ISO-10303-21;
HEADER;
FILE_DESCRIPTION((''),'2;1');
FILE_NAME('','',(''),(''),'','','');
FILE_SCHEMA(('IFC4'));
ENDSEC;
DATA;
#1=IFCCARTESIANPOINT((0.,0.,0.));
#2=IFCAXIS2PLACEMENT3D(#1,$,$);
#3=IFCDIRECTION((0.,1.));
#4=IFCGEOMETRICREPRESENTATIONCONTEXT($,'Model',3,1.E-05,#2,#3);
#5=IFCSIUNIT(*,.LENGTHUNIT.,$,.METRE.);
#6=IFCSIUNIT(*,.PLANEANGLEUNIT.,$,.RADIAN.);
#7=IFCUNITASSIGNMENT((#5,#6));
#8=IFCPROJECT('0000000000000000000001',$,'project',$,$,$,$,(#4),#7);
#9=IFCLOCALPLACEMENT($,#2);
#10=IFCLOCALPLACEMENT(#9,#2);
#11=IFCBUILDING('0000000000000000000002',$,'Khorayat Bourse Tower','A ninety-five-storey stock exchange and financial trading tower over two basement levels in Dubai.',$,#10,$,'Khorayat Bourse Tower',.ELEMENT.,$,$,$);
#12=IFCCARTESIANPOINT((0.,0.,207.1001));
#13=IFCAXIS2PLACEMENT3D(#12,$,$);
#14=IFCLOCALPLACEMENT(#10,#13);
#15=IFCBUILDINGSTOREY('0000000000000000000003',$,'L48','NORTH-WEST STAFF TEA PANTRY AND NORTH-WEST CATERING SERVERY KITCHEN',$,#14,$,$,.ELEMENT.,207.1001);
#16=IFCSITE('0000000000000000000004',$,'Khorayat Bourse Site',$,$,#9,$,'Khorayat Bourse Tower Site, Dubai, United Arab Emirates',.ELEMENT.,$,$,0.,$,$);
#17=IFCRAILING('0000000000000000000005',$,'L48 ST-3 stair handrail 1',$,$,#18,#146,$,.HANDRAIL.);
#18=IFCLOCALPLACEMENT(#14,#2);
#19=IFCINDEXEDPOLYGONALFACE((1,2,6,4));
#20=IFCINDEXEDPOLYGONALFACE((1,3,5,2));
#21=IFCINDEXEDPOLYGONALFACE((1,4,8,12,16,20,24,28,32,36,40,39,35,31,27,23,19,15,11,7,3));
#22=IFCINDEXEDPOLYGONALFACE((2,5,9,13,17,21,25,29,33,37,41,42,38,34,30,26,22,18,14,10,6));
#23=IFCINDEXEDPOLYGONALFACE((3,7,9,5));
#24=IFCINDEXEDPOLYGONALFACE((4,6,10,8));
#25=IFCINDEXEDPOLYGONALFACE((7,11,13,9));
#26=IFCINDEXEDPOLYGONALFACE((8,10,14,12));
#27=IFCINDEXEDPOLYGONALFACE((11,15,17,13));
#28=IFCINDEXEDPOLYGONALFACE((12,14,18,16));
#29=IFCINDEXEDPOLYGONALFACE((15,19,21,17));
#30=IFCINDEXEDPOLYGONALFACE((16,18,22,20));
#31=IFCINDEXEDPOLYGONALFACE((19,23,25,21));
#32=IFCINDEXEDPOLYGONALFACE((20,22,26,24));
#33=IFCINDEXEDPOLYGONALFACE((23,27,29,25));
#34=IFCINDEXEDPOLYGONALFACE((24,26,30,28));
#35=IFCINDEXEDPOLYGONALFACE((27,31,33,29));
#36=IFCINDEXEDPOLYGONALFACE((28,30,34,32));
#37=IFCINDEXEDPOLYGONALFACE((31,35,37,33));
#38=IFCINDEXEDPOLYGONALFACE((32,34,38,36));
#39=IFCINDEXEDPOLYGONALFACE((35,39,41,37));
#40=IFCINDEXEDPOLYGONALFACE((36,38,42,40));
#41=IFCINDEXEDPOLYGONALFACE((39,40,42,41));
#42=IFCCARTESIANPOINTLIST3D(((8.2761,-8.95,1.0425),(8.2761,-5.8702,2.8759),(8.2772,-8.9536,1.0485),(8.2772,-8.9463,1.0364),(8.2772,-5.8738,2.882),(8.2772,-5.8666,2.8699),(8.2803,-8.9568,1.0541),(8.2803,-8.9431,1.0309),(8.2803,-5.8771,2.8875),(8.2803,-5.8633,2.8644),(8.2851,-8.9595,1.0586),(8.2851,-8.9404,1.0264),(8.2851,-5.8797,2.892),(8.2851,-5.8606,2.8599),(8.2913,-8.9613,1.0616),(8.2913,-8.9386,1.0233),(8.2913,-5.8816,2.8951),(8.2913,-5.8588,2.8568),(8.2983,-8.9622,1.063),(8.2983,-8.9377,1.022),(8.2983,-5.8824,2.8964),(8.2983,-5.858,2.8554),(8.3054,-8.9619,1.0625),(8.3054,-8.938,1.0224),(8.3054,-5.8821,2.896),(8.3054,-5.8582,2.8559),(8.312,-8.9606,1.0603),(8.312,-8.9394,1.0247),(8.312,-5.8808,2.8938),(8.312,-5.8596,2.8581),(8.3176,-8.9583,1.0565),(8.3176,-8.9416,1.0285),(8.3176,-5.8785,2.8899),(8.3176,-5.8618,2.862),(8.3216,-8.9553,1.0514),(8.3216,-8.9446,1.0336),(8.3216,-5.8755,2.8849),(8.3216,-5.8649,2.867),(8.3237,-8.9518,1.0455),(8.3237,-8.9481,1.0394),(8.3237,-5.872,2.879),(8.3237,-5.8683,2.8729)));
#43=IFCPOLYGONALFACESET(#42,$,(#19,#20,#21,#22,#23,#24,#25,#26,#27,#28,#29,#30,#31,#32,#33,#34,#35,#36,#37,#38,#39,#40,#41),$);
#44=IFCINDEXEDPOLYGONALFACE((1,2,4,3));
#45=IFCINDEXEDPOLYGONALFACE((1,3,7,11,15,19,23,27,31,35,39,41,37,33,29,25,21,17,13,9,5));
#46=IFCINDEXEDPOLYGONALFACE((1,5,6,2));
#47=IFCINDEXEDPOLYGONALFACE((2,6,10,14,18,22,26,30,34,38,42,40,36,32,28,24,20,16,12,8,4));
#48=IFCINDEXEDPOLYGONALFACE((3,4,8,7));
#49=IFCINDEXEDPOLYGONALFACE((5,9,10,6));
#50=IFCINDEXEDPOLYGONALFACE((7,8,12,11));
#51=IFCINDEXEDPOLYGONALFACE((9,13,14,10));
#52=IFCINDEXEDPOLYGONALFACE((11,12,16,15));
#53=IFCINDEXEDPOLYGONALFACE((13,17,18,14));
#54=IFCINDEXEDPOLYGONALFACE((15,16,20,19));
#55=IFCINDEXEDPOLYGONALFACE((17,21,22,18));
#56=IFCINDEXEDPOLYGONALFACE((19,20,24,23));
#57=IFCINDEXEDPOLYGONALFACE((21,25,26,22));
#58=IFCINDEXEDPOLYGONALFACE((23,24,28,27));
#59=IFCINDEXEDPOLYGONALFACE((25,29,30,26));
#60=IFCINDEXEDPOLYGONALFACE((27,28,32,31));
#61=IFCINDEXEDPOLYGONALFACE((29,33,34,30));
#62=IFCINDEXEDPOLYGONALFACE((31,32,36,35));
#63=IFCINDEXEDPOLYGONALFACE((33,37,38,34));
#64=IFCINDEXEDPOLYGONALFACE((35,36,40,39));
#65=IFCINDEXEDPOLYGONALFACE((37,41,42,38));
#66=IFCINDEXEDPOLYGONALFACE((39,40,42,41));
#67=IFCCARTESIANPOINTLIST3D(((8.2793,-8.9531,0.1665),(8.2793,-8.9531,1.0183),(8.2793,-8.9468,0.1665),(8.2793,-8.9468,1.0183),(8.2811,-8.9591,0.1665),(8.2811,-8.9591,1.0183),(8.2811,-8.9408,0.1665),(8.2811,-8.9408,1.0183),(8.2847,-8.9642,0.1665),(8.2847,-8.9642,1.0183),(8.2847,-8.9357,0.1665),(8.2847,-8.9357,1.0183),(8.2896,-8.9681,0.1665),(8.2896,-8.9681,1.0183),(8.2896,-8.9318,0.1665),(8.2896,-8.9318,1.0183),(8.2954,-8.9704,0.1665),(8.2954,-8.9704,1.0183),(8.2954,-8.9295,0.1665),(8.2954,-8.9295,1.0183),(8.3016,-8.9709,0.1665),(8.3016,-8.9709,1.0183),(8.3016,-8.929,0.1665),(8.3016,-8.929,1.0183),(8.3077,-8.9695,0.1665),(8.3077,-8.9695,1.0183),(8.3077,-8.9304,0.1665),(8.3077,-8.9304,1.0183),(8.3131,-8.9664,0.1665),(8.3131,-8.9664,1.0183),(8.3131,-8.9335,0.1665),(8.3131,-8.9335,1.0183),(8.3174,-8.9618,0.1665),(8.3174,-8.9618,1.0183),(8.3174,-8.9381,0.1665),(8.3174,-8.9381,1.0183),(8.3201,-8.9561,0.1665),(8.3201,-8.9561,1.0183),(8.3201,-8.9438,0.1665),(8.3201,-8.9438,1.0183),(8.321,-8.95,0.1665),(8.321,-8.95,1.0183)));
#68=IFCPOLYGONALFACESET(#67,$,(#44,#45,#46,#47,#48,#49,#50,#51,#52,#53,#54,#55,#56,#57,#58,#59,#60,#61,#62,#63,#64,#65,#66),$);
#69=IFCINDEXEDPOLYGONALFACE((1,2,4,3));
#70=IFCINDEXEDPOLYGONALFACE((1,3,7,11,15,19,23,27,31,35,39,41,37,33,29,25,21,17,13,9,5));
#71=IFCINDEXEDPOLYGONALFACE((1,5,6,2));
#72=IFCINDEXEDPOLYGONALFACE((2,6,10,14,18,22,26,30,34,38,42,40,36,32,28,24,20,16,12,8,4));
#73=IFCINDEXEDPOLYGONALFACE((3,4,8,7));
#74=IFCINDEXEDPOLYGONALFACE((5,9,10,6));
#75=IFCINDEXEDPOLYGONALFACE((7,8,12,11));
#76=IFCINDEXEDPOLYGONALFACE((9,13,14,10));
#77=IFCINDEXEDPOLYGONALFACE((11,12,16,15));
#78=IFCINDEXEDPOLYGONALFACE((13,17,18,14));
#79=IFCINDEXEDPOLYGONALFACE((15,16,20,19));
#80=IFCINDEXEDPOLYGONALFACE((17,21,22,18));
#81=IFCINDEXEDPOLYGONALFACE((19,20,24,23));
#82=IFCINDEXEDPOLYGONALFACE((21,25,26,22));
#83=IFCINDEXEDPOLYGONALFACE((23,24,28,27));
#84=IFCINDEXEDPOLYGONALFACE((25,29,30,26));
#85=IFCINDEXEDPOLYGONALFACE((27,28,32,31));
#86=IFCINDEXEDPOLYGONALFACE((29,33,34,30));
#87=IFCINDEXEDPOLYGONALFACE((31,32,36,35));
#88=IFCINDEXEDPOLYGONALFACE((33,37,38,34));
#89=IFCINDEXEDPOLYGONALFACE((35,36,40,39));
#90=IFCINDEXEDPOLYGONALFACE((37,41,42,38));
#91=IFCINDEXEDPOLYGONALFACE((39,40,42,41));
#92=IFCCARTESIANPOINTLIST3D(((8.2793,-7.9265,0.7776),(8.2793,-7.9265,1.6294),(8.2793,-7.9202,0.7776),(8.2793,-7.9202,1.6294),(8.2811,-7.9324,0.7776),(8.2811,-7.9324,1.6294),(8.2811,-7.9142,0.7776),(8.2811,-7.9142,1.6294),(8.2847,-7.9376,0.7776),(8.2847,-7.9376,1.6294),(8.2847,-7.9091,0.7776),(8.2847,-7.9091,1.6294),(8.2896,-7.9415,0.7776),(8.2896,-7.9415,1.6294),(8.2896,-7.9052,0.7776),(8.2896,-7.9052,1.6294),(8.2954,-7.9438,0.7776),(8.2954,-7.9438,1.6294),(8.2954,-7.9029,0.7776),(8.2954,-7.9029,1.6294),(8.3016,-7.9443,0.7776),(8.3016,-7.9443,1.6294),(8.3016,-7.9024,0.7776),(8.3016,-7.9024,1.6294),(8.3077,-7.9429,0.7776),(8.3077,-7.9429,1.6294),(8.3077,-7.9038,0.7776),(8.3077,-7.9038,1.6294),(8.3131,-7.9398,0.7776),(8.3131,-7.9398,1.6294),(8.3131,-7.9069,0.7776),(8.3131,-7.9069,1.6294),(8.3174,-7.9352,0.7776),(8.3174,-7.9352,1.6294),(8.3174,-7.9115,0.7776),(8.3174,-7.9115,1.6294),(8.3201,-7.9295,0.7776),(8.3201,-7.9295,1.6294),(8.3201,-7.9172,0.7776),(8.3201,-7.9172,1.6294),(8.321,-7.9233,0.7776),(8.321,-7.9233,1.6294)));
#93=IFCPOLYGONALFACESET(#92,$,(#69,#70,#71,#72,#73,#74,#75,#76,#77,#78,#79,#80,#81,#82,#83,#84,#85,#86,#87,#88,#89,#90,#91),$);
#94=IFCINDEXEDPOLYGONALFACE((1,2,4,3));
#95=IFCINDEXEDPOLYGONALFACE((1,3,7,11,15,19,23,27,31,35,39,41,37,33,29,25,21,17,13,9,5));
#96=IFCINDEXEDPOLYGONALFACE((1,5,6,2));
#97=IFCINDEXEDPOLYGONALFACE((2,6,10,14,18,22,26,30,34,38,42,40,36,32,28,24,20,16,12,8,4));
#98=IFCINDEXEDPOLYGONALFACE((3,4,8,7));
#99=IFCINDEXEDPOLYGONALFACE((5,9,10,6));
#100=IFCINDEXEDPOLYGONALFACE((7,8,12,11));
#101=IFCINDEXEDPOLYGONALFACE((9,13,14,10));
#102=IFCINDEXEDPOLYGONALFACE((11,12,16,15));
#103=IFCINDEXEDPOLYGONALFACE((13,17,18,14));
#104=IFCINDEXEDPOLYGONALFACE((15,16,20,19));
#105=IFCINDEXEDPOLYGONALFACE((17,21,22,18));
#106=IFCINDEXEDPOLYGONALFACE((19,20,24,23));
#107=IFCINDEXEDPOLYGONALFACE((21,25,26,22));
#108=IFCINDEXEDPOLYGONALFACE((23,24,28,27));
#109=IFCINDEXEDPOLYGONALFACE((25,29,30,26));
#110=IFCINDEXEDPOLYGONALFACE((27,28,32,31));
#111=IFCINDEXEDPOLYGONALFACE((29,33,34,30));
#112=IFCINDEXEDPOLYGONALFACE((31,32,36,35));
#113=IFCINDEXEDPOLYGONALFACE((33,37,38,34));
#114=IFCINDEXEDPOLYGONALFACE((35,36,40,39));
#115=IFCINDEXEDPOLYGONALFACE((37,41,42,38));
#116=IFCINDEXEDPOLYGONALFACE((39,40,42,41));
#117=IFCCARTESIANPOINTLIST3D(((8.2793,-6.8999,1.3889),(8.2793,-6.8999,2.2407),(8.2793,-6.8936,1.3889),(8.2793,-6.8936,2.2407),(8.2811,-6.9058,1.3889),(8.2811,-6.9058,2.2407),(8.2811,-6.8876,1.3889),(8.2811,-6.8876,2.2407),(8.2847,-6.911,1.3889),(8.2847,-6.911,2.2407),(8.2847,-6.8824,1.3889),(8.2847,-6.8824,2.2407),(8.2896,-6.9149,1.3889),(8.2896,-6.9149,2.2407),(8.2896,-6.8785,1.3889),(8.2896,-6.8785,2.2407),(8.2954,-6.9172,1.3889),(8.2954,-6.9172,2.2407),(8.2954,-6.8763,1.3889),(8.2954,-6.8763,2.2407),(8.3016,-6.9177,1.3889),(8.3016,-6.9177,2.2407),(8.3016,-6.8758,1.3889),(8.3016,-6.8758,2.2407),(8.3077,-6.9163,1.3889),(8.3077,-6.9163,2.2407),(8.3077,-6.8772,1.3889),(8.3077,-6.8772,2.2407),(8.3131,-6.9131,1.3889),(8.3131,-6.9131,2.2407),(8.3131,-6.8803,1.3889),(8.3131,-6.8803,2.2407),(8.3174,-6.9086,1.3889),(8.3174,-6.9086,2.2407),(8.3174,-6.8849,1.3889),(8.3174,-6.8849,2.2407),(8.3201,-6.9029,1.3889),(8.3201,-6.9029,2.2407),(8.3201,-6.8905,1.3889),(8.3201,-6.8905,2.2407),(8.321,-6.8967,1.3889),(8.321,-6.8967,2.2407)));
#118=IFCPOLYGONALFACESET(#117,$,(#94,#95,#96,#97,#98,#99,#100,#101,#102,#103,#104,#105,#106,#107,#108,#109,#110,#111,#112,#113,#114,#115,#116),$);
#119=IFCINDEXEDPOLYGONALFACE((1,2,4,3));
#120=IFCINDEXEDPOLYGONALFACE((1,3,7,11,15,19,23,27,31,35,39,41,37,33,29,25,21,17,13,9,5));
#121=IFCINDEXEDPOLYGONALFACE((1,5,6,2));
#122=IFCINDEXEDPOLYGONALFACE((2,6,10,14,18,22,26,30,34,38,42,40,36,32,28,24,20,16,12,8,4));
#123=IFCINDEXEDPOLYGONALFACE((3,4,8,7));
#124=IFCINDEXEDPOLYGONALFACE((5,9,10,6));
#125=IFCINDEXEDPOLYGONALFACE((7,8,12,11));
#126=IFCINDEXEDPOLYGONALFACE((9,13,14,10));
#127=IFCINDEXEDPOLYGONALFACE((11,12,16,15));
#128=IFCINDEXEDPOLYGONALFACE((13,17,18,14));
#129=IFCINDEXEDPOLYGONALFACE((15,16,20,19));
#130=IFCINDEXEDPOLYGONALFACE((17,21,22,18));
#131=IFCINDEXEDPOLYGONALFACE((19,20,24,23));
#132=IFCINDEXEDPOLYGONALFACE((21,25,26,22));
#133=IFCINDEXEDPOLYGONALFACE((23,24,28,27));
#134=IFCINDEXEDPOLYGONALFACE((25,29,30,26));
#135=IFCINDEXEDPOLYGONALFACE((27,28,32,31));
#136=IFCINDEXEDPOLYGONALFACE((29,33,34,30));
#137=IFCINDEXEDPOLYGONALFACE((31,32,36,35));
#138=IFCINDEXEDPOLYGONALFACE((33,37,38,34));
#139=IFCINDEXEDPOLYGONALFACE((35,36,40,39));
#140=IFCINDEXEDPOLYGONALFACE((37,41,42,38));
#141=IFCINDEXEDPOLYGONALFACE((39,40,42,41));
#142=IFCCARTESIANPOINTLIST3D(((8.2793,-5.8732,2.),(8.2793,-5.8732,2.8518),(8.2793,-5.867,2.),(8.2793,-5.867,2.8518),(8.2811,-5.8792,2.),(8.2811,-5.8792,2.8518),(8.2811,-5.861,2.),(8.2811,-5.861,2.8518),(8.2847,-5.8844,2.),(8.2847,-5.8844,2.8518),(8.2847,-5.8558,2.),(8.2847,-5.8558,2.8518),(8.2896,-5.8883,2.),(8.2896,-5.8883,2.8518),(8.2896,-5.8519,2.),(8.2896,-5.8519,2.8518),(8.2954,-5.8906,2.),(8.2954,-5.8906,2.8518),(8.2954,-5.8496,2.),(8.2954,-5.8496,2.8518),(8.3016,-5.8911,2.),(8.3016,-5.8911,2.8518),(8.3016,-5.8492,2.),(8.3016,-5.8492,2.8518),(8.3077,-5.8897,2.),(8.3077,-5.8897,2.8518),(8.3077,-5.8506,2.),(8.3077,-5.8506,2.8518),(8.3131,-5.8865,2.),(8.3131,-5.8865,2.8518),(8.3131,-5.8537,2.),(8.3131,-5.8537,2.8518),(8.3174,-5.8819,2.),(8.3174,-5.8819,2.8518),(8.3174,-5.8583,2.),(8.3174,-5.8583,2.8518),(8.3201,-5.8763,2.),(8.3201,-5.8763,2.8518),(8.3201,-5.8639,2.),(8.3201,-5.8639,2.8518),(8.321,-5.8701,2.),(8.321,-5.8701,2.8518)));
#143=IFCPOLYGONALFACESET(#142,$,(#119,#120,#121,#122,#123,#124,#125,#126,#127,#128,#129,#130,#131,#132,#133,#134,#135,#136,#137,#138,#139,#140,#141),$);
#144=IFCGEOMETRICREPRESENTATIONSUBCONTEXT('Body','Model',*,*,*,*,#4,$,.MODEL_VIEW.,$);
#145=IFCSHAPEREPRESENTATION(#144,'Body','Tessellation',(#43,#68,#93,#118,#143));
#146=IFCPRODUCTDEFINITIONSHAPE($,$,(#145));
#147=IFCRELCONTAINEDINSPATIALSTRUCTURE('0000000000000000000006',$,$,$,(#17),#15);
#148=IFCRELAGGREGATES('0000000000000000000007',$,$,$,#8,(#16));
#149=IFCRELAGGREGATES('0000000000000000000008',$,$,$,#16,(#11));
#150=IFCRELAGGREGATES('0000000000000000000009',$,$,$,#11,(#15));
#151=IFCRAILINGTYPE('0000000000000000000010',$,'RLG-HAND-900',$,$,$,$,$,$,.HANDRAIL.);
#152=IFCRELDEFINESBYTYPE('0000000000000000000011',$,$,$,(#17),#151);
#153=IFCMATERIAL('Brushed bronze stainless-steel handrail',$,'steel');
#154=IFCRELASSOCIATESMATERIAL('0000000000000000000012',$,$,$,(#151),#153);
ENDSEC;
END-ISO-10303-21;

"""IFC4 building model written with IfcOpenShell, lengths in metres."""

from ifc_helpers import new_model, si_unit, direction, frame, origin, origin_2d, place, context, subcontext, project, spatial, circle, extrude, source, transform, mapped, material, type_object, element, save


model = new_model("IFC4")

# Units and contexts
model_context = context("Model", 3, precision=1e-05, world=origin(), true_north=direction((0.0, 1.0)))
body_context = subcontext(model_context, "Body", "Model", "MODEL_VIEW")
ifc_project = project(units=[si_unit("LENGTHUNIT", "METRE"), si_unit("PLANEANGLEUNIT", "RADIAN")], contexts=[model_context])

# Site, building, storey
site_placement = place(None, origin())
site = spatial("IfcSite", under=ifc_project, at=site_placement, Name="Khorayat Bourse Site", LongName="Khorayat Bourse Tower Site, Dubai, United Arab Emirates", CompositionType="ELEMENT", RefElevation=0.0)
building_placement = place(site_placement, origin())
building = spatial("IfcBuilding", under=site, at=building_placement, Name="Khorayat Bourse Tower", Description="A ninety-five-storey stock exchange and financial trading tower over two basement levels in Dubai.", LongName="Khorayat Bourse Tower", CompositionType="ELEMENT")
storey_placement = place(building_placement, frame((0.0, 0.0, 207.1001)))
storey = spatial("IfcBuildingStorey", under=building, at=storey_placement, Name="L48", Description="NORTH-WEST STAFF TEA PANTRY AND NORTH-WEST CATERING SERVERY KITCHEN", CompositionType="ELEMENT", Elevation=207.1001)

# Railing
ifc_material_1 = material(Name="Brushed bronze stainless-steel handrail", Category="steel")
railing_type_1 = type_object("IfcRailingType", Name="RLG-HAND-900", PredefinedType="HANDRAIL", material=ifc_material_1)
shared_shape_1 = source(origin(), body_context, "Body", "SweptSolid", [
    extrude(circle(Radius=0.0239, at=origin_2d()), frame((0.0, 0.0, 0.876), z_axis=(0.0, 0.859261, 0.511538), x_axis=(-1.0, 0.0, 0.0)), (0.0, 0.0, 1.0), 3.5842),
    extrude(circle(Radius=0.021, at=origin_2d()), origin(), (0.0, 0.0, 1.0), 0.8518),
    extrude(circle(Radius=0.021, at=origin_2d()), frame((0.0, 1.0266, 0.6111)), (0.0, 0.0, 1.0), 0.8518),
    extrude(circle(Radius=0.021, at=origin_2d()), frame((0.0, 2.0532, 1.2224)), (0.0, 0.0, 1.0), 0.8518),
    extrude(circle(Radius=0.021, at=origin_2d()), frame((0.0, 3.0798, 1.8335)), (0.0, 0.0, 1.0), 0.8518),
])
railing_1_placement = place(storey_placement, frame((8.3, -8.95, 0.1665)))
element("IfcRailing", 1, at=railing_1_placement, inside=storey, type_object=railing_type_1, Name="L48 ST-3 stair handrail 1", PredefinedType="HANDRAIL", context=body_context, shape_type="MappedRepresentation", body=[
    mapped(shared_shape_1, transform((0.0, 0.0, 0.0), scale=1.0)),
])

save(model, "model.ifc")
